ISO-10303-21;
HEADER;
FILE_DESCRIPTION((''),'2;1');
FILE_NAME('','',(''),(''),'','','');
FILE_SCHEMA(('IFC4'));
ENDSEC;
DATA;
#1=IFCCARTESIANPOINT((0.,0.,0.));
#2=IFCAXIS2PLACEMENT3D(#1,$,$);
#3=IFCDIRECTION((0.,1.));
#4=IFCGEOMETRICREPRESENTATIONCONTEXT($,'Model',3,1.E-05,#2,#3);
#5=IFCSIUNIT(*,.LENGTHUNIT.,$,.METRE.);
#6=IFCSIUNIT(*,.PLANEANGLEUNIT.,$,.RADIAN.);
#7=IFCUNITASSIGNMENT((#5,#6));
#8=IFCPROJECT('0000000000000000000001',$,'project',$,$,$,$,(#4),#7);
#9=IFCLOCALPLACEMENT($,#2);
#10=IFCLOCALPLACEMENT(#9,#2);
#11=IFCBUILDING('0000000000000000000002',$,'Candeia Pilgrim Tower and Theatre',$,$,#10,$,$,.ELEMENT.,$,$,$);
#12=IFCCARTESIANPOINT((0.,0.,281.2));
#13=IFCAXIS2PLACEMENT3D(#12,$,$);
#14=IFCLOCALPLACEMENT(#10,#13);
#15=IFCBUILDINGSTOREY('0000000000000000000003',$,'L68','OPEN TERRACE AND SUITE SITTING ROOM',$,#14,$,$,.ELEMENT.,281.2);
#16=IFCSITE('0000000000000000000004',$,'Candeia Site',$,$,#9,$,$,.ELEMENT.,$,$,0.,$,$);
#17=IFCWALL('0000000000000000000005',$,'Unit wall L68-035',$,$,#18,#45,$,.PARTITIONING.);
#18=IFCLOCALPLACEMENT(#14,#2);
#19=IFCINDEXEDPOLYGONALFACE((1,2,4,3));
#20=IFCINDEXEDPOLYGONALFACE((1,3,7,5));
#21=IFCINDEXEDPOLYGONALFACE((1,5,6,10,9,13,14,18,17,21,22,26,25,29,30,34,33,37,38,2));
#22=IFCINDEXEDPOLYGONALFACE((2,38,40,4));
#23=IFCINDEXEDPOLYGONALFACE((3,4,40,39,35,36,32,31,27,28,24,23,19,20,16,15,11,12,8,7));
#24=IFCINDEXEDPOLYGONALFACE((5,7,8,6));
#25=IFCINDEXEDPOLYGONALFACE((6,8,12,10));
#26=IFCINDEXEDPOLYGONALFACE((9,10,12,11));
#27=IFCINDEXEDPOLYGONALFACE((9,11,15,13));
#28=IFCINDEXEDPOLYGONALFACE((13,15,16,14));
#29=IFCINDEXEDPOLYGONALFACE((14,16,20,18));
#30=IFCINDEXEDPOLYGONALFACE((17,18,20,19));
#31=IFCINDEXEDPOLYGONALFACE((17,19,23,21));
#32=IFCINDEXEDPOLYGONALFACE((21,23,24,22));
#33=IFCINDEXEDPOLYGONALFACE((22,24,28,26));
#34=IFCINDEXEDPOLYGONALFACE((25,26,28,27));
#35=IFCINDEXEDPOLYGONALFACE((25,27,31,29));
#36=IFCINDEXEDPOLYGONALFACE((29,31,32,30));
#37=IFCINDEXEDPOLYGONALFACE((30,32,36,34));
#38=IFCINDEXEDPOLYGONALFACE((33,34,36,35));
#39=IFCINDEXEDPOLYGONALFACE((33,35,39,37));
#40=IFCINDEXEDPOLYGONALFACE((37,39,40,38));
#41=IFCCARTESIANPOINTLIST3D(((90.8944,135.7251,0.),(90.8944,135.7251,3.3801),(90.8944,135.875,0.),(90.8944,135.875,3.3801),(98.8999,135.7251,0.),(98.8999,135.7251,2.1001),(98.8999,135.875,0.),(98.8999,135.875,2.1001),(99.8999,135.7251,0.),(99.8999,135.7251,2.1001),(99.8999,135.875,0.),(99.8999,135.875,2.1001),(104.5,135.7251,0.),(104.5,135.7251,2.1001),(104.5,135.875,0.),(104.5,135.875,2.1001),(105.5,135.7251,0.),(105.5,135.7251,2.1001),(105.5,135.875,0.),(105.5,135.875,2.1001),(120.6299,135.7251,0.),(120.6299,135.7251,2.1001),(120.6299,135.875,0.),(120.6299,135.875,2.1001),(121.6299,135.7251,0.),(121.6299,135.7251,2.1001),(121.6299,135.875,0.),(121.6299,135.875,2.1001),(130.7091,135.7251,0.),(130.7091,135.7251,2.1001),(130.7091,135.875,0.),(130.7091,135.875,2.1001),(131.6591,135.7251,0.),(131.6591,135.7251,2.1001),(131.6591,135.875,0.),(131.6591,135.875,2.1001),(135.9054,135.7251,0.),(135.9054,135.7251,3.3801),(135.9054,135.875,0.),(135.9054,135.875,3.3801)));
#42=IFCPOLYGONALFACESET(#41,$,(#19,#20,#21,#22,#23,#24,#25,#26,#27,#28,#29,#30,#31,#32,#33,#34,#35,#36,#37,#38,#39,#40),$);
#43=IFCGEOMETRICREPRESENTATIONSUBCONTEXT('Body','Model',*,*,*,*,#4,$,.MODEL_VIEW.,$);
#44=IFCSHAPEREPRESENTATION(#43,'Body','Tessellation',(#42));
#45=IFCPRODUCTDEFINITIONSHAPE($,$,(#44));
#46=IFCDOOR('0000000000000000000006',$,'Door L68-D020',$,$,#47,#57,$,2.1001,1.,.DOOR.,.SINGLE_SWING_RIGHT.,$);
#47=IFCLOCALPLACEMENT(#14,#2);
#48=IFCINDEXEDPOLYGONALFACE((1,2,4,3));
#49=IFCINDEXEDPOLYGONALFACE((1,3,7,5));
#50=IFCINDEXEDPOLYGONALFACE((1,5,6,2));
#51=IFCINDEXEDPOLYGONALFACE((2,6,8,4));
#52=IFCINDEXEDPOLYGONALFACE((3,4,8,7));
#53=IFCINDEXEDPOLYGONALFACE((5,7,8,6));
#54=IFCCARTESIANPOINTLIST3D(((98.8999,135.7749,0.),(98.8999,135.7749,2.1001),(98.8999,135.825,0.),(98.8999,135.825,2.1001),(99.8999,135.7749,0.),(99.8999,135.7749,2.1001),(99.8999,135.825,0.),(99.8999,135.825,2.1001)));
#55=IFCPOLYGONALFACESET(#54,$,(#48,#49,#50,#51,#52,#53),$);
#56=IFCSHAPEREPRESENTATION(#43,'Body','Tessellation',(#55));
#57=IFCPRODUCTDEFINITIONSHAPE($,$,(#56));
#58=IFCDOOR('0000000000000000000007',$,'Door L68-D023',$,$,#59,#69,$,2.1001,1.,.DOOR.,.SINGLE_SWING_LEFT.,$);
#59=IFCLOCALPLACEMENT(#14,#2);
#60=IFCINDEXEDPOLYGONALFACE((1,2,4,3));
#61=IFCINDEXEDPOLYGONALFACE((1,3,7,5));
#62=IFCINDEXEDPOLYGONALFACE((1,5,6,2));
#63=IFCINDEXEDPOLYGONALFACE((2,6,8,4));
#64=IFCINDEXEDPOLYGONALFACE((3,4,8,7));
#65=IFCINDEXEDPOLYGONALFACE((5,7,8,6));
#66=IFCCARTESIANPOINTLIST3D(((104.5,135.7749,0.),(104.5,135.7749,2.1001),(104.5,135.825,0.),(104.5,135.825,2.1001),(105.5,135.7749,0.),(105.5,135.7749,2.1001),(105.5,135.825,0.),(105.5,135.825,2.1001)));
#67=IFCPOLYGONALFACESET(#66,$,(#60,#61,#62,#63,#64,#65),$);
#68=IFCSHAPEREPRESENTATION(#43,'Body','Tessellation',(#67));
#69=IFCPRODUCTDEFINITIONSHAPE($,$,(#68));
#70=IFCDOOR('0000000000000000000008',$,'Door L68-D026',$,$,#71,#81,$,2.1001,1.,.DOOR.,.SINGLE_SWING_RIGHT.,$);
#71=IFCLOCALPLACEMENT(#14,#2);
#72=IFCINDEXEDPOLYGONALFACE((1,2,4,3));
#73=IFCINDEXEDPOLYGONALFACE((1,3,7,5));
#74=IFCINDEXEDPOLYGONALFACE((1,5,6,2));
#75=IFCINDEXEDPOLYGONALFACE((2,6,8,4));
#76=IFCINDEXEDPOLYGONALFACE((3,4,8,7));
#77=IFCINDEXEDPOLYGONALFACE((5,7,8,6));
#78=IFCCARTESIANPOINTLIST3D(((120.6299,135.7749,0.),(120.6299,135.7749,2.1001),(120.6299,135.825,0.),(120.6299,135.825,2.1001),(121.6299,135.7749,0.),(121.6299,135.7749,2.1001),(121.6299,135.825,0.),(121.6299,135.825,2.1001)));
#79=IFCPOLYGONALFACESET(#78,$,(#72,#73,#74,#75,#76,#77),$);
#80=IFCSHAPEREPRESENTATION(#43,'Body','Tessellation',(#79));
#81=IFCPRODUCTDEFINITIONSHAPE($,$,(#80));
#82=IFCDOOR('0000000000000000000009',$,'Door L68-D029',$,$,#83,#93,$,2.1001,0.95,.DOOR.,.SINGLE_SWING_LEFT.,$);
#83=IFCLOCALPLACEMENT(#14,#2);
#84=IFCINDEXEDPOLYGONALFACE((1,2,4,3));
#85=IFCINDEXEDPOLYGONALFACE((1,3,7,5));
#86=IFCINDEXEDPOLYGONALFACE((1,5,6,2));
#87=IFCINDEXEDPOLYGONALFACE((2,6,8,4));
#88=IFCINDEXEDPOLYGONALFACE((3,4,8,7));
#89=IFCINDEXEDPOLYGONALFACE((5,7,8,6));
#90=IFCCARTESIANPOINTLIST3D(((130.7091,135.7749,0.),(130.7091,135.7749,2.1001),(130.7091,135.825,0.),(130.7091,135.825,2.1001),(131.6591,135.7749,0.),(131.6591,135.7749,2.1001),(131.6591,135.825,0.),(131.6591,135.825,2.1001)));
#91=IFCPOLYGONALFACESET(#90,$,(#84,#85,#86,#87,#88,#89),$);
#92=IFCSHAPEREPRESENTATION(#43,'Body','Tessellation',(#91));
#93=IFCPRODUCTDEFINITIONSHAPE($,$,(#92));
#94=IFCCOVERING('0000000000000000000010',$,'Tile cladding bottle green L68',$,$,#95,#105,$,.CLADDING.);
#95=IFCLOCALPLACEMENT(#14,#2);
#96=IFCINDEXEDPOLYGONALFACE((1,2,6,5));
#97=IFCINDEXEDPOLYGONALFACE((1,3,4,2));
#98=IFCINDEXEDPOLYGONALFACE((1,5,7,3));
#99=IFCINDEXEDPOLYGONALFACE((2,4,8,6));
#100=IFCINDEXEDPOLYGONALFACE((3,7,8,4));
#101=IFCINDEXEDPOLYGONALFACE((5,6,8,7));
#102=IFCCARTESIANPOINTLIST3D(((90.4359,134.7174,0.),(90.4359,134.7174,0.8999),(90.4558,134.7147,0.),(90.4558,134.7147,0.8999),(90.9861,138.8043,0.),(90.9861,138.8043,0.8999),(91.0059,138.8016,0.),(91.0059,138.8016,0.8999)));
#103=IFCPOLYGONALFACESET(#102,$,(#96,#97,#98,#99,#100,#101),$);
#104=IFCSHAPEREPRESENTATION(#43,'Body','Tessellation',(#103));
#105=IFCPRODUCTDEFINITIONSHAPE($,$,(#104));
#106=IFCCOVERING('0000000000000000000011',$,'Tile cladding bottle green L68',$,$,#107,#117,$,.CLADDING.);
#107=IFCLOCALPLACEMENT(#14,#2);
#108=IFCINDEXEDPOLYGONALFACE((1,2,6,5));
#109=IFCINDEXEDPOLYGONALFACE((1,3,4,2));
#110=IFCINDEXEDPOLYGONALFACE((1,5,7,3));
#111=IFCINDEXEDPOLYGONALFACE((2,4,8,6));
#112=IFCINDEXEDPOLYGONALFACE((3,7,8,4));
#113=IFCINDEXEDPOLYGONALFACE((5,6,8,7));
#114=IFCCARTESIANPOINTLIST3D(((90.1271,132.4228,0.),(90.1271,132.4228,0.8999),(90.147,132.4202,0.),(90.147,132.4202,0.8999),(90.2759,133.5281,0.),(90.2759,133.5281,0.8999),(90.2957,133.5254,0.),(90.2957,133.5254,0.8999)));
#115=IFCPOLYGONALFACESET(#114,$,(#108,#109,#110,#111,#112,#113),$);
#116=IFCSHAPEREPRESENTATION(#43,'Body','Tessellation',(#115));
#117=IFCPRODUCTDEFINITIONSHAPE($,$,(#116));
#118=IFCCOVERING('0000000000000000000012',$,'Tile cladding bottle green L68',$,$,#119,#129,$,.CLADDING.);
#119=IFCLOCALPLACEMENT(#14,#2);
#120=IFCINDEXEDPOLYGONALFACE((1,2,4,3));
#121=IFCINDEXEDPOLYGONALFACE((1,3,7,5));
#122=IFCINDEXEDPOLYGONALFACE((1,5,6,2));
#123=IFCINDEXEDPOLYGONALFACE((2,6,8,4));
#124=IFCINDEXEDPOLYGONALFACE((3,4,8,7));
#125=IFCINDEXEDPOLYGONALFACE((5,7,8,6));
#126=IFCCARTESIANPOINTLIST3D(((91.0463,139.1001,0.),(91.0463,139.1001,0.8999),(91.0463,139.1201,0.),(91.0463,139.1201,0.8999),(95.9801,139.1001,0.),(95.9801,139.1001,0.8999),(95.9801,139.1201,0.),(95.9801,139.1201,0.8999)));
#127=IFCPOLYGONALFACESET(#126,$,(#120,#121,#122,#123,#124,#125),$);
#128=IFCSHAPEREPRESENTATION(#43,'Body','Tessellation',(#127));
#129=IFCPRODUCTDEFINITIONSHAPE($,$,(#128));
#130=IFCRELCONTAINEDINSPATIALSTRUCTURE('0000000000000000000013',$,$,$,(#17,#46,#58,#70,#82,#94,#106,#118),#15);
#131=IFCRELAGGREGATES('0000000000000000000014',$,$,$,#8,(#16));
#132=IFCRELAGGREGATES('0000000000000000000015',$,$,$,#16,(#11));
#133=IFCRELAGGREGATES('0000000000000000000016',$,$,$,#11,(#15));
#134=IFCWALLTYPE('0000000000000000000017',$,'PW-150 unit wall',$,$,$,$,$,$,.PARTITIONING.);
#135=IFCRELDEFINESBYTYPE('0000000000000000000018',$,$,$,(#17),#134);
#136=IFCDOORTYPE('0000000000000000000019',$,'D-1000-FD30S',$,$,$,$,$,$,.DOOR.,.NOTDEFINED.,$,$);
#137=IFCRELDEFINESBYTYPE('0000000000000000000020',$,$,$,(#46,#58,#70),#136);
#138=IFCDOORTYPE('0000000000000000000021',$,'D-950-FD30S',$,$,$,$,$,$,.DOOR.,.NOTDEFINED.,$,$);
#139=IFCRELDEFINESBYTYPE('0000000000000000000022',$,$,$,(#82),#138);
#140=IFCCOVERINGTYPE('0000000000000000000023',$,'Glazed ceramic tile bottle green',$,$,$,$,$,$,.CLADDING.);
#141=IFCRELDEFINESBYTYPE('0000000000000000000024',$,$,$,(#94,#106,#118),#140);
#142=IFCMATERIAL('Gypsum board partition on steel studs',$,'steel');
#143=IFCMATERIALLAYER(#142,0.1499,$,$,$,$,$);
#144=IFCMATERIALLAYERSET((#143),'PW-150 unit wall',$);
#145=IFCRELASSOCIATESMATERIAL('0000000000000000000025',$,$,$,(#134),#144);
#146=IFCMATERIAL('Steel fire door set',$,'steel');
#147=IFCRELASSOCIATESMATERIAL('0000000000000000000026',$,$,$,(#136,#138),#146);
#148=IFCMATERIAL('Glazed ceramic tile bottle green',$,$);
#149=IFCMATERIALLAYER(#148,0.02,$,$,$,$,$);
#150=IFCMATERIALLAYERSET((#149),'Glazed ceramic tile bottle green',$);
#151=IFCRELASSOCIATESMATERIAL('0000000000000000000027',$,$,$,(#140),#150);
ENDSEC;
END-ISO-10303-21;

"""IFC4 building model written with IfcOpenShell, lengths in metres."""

from ifc_helpers import new_model, si_unit, direction, frame, frame_2d, origin, origin_2d, place, context, subcontext, project, spatial, rectangle, extrude, material, layer, layer_set, type_object, element, fill, save


model = new_model("IFC4")

# Units and contexts
model_context = context("Model", 3, precision=1e-05, world=origin(), true_north=direction((0.0, 1.0)))
body_context = subcontext(model_context, "Body", "Model", "MODEL_VIEW")
ifc_project = project(units=[si_unit("LENGTHUNIT", "METRE"), si_unit("PLANEANGLEUNIT", "RADIAN")], contexts=[model_context])

# Site, building, storey
site_placement = place(None, origin())
site = spatial("IfcSite", under=ifc_project, at=site_placement, Name="Candeia Site", CompositionType="ELEMENT", RefElevation=0.0)
building_placement = place(site_placement, origin())
building = spatial("IfcBuilding", under=site, at=building_placement, Name="Candeia Pilgrim Tower and Theatre", CompositionType="ELEMENT")
storey_placement = place(building_placement, frame((0.0, 0.0, 281.2)))
storey = spatial("IfcBuildingStorey", under=building, at=storey_placement, Name="L68", Description="OPEN TERRACE AND SUITE SITTING ROOM", CompositionType="ELEMENT", Elevation=281.2)

# Shared definitions
ifc_material_1 = material(Name="Gypsum board partition on steel studs", Category="steel")

# Wall, openings, doors
ifc_layer_1 = layer(ifc_material_1, 0.1499)
ifc_layer_set_1 = layer_set([ifc_layer_1], Name="PW-150 unit wall")
wall_type_1 = type_object("IfcWallType", Name="PW-150 unit wall", PredefinedType="PARTITIONING", material=ifc_layer_set_1)
wall_1_placement = place(storey_placement, frame((90.8945, 135.8, 0.0), z_axis=(0.0, 0.0, 1.0), x_axis=(1.0, 0.0, 0.0)))
wall_1 = element("IfcWall", 1, at=wall_1_placement, inside=storey, type_object=wall_type_1, Name="Unit wall L68-035", PredefinedType="PARTITIONING", context=body_context, shape_type="SweptSolid", body=[
    extrude(rectangle(XDim=45.011, YDim=0.1499, at=frame_2d((22.5054, 0.0))), origin(), (0.0, 0.0, 1.0), 3.3801),
])
opening_1_placement = place(wall_1_placement, frame((8.0054, 0.0, 0.0)))
opening_1 = element("IfcOpeningElement", 2, at=opening_1_placement, cuts=wall_1, PredefinedType="OPENING", context=body_context, shape_type="SweptSolid", body=[
    extrude(rectangle(XDim=1.0, YDim=2.1001, at=frame_2d((0.5, 1.05))), frame((0.0, 0.085, 0.0), z_axis=(0.0, -1.0, 0.0), x_axis=(1.0, 0.0, 0.0)), (0.0, 0.0, 1.0), 0.1699),
])
opening_2_placement = place(wall_1_placement, frame((13.6055, 0.0, 0.0)))
opening_2 = element("IfcOpeningElement", 3, at=opening_2_placement, cuts=wall_1, PredefinedType="OPENING", context=body_context, shape_type="SweptSolid", body=[
    extrude(rectangle(XDim=1.0, YDim=2.1001, at=frame_2d((0.5, 1.05))), frame((0.0, 0.085, 0.0), z_axis=(0.0, -1.0, 0.0), x_axis=(1.0, 0.0, 0.0)), (0.0, 0.0, 1.0), 0.1699),
])
opening_3_placement = place(wall_1_placement, frame((29.7354, 0.0, 0.0)))
opening_3 = element("IfcOpeningElement", 4, at=opening_3_placement, cuts=wall_1, PredefinedType="OPENING", context=body_context, shape_type="SweptSolid", body=[
    extrude(rectangle(XDim=1.0, YDim=2.1001, at=frame_2d((0.5, 1.05))), frame((0.0, 0.085, 0.0), z_axis=(0.0, -1.0, 0.0), x_axis=(1.0, 0.0, 0.0)), (0.0, 0.0, 1.0), 0.1699),
])
opening_4_placement = place(wall_1_placement, frame((39.8145, 0.0, 0.0)))
opening_4 = element("IfcOpeningElement", 5, at=opening_4_placement, cuts=wall_1, PredefinedType="OPENING", context=body_context, shape_type="SweptSolid", body=[
    extrude(rectangle(XDim=0.95, YDim=2.1001, at=frame_2d((0.4751, 1.05))), frame((0.0, 0.085, 0.0), z_axis=(0.0, -1.0, 0.0), x_axis=(1.0, 0.0, 0.0)), (0.0, 0.0, 1.0), 0.1699),
])
ifc_material_2 = material(Name="Steel fire door set", Category="steel")
door_type_1 = type_object("IfcDoorType", Name="D-1000-FD30S", OperationType="NOTDEFINED", PredefinedType="DOOR", material=ifc_material_2)
door_1_placement = place(opening_1_placement, origin())
door_1 = element("IfcDoor", 6, at=door_1_placement, inside=storey, type_object=door_type_1, Name="Door L68-D020", OperationType="SINGLE_SWING_RIGHT", OverallHeight=2.1001, OverallWidth=1.0, PredefinedType="DOOR", context=body_context, shape_type="SweptSolid", body=[
    extrude(rectangle(XDim=1.0, YDim=2.1001, at=frame_2d((0.5, 1.05))), frame((0.0, 0.0249, 0.0), z_axis=(0.0, -1.0, 0.0), x_axis=(1.0, 0.0, 0.0)), (0.0, 0.0, 1.0), 0.05),
])
fill(opening_1, door_1)
door_2_placement = place(opening_2_placement, origin())
door_2 = element("IfcDoor", 7, at=door_2_placement, inside=storey, type_object=door_type_1, Name="Door L68-D023", OperationType="SINGLE_SWING_LEFT", OverallHeight=2.1001, OverallWidth=1.0, PredefinedType="DOOR", context=body_context, shape_type="SweptSolid", body=[
    extrude(rectangle(XDim=1.0, YDim=2.1001, at=frame_2d((0.5, 1.05))), frame((0.0, 0.0249, 0.0), z_axis=(0.0, -1.0, 0.0), x_axis=(1.0, 0.0, 0.0)), (0.0, 0.0, 1.0), 0.05),
])
fill(opening_2, door_2)
door_3_placement = place(opening_3_placement, origin())
door_3 = element("IfcDoor", 8, at=door_3_placement, inside=storey, type_object=door_type_1, Name="Door L68-D026", OperationType="SINGLE_SWING_RIGHT", OverallHeight=2.1001, OverallWidth=1.0, PredefinedType="DOOR", context=body_context, shape_type="SweptSolid", body=[
    extrude(rectangle(XDim=1.0, YDim=2.1001, at=frame_2d((0.5, 1.05))), frame((0.0, 0.0249, 0.0), z_axis=(0.0, -1.0, 0.0), x_axis=(1.0, 0.0, 0.0)), (0.0, 0.0, 1.0), 0.05),
])
fill(opening_3, door_3)
door_type_2 = type_object("IfcDoorType", Name="D-950-FD30S", OperationType="NOTDEFINED", PredefinedType="DOOR", material=ifc_material_2)
door_4_placement = place(opening_4_placement, origin())
door_4 = element("IfcDoor", 9, at=door_4_placement, inside=storey, type_object=door_type_2, Name="Door L68-D029", OperationType="SINGLE_SWING_LEFT", OverallHeight=2.1001, OverallWidth=0.95, PredefinedType="DOOR", context=body_context, shape_type="SweptSolid", body=[
    extrude(rectangle(XDim=0.95, YDim=2.1001, at=frame_2d((0.4751, 1.05))), frame((0.0, 0.0249, 0.0), z_axis=(0.0, -1.0, 0.0), x_axis=(1.0, 0.0, 0.0)), (0.0, 0.0, 1.0), 0.05),
])
fill(opening_4, door_4)

# Coverings
ifc_material_3 = material(Name="Glazed ceramic tile bottle green")
ifc_layer_2 = layer(ifc_material_3, 0.02)
ifc_layer_set_2 = layer_set([ifc_layer_2], Name="Glazed ceramic tile bottle green")
covering_type = type_object("IfcCoveringType", Name="Glazed ceramic tile bottle green", PredefinedType="CLADDING", material=ifc_layer_set_2)
covering_1_placement = place(storey_placement, frame((90.7209, 136.7595, 0.0), z_axis=(0.0, 0.0, 1.0), x_axis=(-0.133412, -0.991061, 0.0)))
element("IfcCovering", 10, at=covering_1_placement, inside=storey, type_object=covering_type, Name="Tile cladding bottle green L68", PredefinedType="CLADDING", context=body_context, shape_type="SweptSolid", body=[
    extrude(rectangle(XDim=4.1238, YDim=0.02, at=origin_2d()), origin(), (0.0, 0.0, 1.0), 0.8999),
])
covering_2_placement = place(storey_placement, frame((90.2114, 132.9741, 0.0), z_axis=(0.0, 0.0, 1.0), x_axis=(-0.133412, -0.991061, 0.0)))
element("IfcCovering", 11, at=covering_2_placement, inside=storey, type_object=covering_type, Name="Tile cladding bottle green L68", PredefinedType="CLADDING", context=body_context, shape_type="SweptSolid", body=[
    extrude(rectangle(XDim=1.1152, YDim=0.02, at=origin_2d()), origin(), (0.0, 0.0, 1.0), 0.8999),
])
covering_3_placement = place(storey_placement, frame((93.5132, 139.1101, 0.0), z_axis=(0.0, 0.0, 1.0), x_axis=(-1.0, 0.0, 0.0)))
element("IfcCovering", 12, at=covering_3_placement, inside=storey, type_object=covering_type, Name="Tile cladding bottle green L68", PredefinedType="CLADDING", context=body_context, shape_type="SweptSolid", body=[
    extrude(rectangle(XDim=4.9338, YDim=0.02, at=origin_2d()), origin(), (0.0, 0.0, 1.0), 0.8999),
])

save(model, "model.ifc")
